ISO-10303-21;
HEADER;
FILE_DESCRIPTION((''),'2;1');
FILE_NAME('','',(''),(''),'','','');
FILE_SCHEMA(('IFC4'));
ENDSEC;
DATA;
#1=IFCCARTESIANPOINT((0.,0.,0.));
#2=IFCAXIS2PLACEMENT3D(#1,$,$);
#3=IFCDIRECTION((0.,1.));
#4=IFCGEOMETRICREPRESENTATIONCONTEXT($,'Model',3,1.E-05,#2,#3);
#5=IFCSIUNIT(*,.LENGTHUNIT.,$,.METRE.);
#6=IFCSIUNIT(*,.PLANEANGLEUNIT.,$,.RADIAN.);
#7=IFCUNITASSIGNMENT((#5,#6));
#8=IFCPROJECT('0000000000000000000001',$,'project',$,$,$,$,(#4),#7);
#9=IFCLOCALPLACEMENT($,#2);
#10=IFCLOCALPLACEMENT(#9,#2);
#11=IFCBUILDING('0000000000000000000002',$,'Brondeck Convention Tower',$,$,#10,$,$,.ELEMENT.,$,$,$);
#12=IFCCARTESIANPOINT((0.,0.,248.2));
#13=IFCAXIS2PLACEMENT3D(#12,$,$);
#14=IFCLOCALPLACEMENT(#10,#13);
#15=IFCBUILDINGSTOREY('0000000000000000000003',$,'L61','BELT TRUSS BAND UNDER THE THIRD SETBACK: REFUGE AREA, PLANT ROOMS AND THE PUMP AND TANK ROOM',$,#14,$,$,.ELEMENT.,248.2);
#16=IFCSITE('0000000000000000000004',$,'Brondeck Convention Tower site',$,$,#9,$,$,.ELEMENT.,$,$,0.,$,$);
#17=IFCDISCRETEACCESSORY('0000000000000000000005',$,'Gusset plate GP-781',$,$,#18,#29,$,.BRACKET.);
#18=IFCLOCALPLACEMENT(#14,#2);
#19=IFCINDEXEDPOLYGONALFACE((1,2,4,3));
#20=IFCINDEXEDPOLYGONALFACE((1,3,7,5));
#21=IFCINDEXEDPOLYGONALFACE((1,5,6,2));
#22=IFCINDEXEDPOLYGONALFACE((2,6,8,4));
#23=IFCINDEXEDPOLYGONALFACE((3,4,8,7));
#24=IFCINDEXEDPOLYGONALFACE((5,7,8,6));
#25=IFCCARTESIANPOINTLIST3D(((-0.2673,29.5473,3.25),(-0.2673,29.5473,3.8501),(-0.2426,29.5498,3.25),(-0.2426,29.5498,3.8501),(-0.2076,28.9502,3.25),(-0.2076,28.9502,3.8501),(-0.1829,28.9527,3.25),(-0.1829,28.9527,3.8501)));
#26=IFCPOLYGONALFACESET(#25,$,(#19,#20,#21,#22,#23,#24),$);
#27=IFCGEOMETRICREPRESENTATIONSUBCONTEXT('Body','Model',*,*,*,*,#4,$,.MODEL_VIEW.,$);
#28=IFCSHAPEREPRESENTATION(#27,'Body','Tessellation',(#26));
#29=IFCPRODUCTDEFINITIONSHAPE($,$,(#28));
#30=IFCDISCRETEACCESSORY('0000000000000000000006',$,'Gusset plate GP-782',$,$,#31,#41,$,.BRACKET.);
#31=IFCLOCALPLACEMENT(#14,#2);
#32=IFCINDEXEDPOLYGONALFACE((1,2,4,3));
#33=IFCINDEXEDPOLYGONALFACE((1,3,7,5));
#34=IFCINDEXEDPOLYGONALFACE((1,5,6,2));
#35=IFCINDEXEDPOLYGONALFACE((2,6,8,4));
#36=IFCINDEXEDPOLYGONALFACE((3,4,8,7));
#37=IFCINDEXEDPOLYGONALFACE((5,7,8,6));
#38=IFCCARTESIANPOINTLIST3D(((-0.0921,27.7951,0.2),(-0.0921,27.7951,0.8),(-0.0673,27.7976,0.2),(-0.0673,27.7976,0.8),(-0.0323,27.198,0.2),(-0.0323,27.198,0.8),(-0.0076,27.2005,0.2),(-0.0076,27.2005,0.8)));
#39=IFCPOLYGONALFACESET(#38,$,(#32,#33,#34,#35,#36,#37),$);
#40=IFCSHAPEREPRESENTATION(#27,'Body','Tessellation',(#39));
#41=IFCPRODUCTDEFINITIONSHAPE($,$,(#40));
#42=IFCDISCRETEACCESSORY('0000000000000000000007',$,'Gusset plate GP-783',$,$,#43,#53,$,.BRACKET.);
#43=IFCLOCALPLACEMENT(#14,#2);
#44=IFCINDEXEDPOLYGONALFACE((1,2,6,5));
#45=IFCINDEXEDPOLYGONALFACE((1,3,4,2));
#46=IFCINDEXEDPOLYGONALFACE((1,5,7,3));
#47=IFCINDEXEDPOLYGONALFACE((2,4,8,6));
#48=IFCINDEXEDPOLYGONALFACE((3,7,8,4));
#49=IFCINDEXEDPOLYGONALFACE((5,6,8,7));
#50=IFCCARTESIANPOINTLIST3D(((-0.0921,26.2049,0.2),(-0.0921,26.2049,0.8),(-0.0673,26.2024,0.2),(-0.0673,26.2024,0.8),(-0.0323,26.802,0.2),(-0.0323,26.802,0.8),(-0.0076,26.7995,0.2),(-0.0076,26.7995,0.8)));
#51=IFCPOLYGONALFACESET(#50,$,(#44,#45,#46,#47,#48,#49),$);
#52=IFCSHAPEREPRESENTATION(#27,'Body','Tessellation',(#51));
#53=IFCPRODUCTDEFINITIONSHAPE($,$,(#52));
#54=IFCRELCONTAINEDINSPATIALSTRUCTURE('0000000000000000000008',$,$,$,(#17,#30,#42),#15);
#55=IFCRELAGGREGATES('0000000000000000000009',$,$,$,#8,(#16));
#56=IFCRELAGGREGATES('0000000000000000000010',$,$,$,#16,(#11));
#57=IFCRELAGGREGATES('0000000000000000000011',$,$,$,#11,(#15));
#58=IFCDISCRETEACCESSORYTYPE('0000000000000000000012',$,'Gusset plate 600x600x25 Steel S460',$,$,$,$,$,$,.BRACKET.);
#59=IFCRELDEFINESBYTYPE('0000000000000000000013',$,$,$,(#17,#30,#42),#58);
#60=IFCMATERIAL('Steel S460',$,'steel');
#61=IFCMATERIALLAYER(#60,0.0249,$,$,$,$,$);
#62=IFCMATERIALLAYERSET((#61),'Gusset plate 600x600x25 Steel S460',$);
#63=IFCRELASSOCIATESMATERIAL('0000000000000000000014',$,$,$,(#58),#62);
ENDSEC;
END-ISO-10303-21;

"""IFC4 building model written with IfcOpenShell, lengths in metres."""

from ifc_helpers import new_model, si_unit, direction, frame, origin, origin_2d, place, context, subcontext, project, spatial, rectangle, extrude, material, layer, layer_set, type_object, element, save


model = new_model("IFC4")

# Units and contexts
model_context = context("Model", 3, precision=1e-05, world=origin(), true_north=direction((0.0, 1.0)))
body_context = subcontext(model_context, "Body", "Model", "MODEL_VIEW")
ifc_project = project(units=[si_unit("LENGTHUNIT", "METRE"), si_unit("PLANEANGLEUNIT", "RADIAN")], contexts=[model_context])

# Site, building, storey
site_placement = place(None, origin())
site = spatial("IfcSite", under=ifc_project, at=site_placement, Name="Brondeck Convention Tower site", CompositionType="ELEMENT", RefElevation=0.0)
building_placement = place(site_placement, origin())
building = spatial("IfcBuilding", under=site, at=building_placement, Name="Brondeck Convention Tower", CompositionType="ELEMENT")
storey_placement = place(building_placement, frame((0.0, 0.0, 248.2)))
storey = spatial("IfcBuildingStorey", under=building, at=storey_placement, Name="L61", Description="BELT TRUSS BAND UNDER THE THIRD SETBACK: REFUGE AREA, PLANT ROOMS AND THE PUMP AND TANK ROOM", CompositionType="ELEMENT", Elevation=248.2)

# Shared definitions
ifc_material_1 = material(Name="Steel S460", Category="steel")

# Discrete accessories
ifc_layer_1 = layer(ifc_material_1, 0.0249)
ifc_layer_set_1 = layer_set([ifc_layer_1], Name="Gusset plate 600x600x25 Steel S460")
discrete_accessory_type = type_object("IfcDiscreteAccessoryType", Name="Gusset plate 600x600x25 Steel S460", PredefinedType="BRACKET", material=ifc_layer_set_1)
for number, where, z_axis, x_axis, name in (
    (1, (-0.2251, 29.25, 3.25), (0.0, 0.0, 1.0), (-0.099511, 0.995036, 0.0), "Gusset plate GP-781"),
    (2, (-0.0498, 27.4978, 0.2), (0.0, 0.0, 1.0), (-0.099511, 0.995036, 0.0), "Gusset plate GP-782"),
    (3, (-0.0498, 26.5022, 0.2), (0.0, 0.0, 1.0), (0.099511, 0.995036, 0.0), "Gusset plate GP-783"),
):
    element("IfcDiscreteAccessory", number, at=place(storey_placement, frame(where, z_axis=z_axis, x_axis=x_axis)), inside=storey, type_object=discrete_accessory_type, Name=name, PredefinedType="BRACKET", context=body_context, shape_type="SweptSolid", body=[
        extrude(rectangle(XDim=0.6001, YDim=0.0249, at=origin_2d()), origin(), (0.0, 0.0, 1.0), 0.6001),
    ])

save(model, "model.ifc")
